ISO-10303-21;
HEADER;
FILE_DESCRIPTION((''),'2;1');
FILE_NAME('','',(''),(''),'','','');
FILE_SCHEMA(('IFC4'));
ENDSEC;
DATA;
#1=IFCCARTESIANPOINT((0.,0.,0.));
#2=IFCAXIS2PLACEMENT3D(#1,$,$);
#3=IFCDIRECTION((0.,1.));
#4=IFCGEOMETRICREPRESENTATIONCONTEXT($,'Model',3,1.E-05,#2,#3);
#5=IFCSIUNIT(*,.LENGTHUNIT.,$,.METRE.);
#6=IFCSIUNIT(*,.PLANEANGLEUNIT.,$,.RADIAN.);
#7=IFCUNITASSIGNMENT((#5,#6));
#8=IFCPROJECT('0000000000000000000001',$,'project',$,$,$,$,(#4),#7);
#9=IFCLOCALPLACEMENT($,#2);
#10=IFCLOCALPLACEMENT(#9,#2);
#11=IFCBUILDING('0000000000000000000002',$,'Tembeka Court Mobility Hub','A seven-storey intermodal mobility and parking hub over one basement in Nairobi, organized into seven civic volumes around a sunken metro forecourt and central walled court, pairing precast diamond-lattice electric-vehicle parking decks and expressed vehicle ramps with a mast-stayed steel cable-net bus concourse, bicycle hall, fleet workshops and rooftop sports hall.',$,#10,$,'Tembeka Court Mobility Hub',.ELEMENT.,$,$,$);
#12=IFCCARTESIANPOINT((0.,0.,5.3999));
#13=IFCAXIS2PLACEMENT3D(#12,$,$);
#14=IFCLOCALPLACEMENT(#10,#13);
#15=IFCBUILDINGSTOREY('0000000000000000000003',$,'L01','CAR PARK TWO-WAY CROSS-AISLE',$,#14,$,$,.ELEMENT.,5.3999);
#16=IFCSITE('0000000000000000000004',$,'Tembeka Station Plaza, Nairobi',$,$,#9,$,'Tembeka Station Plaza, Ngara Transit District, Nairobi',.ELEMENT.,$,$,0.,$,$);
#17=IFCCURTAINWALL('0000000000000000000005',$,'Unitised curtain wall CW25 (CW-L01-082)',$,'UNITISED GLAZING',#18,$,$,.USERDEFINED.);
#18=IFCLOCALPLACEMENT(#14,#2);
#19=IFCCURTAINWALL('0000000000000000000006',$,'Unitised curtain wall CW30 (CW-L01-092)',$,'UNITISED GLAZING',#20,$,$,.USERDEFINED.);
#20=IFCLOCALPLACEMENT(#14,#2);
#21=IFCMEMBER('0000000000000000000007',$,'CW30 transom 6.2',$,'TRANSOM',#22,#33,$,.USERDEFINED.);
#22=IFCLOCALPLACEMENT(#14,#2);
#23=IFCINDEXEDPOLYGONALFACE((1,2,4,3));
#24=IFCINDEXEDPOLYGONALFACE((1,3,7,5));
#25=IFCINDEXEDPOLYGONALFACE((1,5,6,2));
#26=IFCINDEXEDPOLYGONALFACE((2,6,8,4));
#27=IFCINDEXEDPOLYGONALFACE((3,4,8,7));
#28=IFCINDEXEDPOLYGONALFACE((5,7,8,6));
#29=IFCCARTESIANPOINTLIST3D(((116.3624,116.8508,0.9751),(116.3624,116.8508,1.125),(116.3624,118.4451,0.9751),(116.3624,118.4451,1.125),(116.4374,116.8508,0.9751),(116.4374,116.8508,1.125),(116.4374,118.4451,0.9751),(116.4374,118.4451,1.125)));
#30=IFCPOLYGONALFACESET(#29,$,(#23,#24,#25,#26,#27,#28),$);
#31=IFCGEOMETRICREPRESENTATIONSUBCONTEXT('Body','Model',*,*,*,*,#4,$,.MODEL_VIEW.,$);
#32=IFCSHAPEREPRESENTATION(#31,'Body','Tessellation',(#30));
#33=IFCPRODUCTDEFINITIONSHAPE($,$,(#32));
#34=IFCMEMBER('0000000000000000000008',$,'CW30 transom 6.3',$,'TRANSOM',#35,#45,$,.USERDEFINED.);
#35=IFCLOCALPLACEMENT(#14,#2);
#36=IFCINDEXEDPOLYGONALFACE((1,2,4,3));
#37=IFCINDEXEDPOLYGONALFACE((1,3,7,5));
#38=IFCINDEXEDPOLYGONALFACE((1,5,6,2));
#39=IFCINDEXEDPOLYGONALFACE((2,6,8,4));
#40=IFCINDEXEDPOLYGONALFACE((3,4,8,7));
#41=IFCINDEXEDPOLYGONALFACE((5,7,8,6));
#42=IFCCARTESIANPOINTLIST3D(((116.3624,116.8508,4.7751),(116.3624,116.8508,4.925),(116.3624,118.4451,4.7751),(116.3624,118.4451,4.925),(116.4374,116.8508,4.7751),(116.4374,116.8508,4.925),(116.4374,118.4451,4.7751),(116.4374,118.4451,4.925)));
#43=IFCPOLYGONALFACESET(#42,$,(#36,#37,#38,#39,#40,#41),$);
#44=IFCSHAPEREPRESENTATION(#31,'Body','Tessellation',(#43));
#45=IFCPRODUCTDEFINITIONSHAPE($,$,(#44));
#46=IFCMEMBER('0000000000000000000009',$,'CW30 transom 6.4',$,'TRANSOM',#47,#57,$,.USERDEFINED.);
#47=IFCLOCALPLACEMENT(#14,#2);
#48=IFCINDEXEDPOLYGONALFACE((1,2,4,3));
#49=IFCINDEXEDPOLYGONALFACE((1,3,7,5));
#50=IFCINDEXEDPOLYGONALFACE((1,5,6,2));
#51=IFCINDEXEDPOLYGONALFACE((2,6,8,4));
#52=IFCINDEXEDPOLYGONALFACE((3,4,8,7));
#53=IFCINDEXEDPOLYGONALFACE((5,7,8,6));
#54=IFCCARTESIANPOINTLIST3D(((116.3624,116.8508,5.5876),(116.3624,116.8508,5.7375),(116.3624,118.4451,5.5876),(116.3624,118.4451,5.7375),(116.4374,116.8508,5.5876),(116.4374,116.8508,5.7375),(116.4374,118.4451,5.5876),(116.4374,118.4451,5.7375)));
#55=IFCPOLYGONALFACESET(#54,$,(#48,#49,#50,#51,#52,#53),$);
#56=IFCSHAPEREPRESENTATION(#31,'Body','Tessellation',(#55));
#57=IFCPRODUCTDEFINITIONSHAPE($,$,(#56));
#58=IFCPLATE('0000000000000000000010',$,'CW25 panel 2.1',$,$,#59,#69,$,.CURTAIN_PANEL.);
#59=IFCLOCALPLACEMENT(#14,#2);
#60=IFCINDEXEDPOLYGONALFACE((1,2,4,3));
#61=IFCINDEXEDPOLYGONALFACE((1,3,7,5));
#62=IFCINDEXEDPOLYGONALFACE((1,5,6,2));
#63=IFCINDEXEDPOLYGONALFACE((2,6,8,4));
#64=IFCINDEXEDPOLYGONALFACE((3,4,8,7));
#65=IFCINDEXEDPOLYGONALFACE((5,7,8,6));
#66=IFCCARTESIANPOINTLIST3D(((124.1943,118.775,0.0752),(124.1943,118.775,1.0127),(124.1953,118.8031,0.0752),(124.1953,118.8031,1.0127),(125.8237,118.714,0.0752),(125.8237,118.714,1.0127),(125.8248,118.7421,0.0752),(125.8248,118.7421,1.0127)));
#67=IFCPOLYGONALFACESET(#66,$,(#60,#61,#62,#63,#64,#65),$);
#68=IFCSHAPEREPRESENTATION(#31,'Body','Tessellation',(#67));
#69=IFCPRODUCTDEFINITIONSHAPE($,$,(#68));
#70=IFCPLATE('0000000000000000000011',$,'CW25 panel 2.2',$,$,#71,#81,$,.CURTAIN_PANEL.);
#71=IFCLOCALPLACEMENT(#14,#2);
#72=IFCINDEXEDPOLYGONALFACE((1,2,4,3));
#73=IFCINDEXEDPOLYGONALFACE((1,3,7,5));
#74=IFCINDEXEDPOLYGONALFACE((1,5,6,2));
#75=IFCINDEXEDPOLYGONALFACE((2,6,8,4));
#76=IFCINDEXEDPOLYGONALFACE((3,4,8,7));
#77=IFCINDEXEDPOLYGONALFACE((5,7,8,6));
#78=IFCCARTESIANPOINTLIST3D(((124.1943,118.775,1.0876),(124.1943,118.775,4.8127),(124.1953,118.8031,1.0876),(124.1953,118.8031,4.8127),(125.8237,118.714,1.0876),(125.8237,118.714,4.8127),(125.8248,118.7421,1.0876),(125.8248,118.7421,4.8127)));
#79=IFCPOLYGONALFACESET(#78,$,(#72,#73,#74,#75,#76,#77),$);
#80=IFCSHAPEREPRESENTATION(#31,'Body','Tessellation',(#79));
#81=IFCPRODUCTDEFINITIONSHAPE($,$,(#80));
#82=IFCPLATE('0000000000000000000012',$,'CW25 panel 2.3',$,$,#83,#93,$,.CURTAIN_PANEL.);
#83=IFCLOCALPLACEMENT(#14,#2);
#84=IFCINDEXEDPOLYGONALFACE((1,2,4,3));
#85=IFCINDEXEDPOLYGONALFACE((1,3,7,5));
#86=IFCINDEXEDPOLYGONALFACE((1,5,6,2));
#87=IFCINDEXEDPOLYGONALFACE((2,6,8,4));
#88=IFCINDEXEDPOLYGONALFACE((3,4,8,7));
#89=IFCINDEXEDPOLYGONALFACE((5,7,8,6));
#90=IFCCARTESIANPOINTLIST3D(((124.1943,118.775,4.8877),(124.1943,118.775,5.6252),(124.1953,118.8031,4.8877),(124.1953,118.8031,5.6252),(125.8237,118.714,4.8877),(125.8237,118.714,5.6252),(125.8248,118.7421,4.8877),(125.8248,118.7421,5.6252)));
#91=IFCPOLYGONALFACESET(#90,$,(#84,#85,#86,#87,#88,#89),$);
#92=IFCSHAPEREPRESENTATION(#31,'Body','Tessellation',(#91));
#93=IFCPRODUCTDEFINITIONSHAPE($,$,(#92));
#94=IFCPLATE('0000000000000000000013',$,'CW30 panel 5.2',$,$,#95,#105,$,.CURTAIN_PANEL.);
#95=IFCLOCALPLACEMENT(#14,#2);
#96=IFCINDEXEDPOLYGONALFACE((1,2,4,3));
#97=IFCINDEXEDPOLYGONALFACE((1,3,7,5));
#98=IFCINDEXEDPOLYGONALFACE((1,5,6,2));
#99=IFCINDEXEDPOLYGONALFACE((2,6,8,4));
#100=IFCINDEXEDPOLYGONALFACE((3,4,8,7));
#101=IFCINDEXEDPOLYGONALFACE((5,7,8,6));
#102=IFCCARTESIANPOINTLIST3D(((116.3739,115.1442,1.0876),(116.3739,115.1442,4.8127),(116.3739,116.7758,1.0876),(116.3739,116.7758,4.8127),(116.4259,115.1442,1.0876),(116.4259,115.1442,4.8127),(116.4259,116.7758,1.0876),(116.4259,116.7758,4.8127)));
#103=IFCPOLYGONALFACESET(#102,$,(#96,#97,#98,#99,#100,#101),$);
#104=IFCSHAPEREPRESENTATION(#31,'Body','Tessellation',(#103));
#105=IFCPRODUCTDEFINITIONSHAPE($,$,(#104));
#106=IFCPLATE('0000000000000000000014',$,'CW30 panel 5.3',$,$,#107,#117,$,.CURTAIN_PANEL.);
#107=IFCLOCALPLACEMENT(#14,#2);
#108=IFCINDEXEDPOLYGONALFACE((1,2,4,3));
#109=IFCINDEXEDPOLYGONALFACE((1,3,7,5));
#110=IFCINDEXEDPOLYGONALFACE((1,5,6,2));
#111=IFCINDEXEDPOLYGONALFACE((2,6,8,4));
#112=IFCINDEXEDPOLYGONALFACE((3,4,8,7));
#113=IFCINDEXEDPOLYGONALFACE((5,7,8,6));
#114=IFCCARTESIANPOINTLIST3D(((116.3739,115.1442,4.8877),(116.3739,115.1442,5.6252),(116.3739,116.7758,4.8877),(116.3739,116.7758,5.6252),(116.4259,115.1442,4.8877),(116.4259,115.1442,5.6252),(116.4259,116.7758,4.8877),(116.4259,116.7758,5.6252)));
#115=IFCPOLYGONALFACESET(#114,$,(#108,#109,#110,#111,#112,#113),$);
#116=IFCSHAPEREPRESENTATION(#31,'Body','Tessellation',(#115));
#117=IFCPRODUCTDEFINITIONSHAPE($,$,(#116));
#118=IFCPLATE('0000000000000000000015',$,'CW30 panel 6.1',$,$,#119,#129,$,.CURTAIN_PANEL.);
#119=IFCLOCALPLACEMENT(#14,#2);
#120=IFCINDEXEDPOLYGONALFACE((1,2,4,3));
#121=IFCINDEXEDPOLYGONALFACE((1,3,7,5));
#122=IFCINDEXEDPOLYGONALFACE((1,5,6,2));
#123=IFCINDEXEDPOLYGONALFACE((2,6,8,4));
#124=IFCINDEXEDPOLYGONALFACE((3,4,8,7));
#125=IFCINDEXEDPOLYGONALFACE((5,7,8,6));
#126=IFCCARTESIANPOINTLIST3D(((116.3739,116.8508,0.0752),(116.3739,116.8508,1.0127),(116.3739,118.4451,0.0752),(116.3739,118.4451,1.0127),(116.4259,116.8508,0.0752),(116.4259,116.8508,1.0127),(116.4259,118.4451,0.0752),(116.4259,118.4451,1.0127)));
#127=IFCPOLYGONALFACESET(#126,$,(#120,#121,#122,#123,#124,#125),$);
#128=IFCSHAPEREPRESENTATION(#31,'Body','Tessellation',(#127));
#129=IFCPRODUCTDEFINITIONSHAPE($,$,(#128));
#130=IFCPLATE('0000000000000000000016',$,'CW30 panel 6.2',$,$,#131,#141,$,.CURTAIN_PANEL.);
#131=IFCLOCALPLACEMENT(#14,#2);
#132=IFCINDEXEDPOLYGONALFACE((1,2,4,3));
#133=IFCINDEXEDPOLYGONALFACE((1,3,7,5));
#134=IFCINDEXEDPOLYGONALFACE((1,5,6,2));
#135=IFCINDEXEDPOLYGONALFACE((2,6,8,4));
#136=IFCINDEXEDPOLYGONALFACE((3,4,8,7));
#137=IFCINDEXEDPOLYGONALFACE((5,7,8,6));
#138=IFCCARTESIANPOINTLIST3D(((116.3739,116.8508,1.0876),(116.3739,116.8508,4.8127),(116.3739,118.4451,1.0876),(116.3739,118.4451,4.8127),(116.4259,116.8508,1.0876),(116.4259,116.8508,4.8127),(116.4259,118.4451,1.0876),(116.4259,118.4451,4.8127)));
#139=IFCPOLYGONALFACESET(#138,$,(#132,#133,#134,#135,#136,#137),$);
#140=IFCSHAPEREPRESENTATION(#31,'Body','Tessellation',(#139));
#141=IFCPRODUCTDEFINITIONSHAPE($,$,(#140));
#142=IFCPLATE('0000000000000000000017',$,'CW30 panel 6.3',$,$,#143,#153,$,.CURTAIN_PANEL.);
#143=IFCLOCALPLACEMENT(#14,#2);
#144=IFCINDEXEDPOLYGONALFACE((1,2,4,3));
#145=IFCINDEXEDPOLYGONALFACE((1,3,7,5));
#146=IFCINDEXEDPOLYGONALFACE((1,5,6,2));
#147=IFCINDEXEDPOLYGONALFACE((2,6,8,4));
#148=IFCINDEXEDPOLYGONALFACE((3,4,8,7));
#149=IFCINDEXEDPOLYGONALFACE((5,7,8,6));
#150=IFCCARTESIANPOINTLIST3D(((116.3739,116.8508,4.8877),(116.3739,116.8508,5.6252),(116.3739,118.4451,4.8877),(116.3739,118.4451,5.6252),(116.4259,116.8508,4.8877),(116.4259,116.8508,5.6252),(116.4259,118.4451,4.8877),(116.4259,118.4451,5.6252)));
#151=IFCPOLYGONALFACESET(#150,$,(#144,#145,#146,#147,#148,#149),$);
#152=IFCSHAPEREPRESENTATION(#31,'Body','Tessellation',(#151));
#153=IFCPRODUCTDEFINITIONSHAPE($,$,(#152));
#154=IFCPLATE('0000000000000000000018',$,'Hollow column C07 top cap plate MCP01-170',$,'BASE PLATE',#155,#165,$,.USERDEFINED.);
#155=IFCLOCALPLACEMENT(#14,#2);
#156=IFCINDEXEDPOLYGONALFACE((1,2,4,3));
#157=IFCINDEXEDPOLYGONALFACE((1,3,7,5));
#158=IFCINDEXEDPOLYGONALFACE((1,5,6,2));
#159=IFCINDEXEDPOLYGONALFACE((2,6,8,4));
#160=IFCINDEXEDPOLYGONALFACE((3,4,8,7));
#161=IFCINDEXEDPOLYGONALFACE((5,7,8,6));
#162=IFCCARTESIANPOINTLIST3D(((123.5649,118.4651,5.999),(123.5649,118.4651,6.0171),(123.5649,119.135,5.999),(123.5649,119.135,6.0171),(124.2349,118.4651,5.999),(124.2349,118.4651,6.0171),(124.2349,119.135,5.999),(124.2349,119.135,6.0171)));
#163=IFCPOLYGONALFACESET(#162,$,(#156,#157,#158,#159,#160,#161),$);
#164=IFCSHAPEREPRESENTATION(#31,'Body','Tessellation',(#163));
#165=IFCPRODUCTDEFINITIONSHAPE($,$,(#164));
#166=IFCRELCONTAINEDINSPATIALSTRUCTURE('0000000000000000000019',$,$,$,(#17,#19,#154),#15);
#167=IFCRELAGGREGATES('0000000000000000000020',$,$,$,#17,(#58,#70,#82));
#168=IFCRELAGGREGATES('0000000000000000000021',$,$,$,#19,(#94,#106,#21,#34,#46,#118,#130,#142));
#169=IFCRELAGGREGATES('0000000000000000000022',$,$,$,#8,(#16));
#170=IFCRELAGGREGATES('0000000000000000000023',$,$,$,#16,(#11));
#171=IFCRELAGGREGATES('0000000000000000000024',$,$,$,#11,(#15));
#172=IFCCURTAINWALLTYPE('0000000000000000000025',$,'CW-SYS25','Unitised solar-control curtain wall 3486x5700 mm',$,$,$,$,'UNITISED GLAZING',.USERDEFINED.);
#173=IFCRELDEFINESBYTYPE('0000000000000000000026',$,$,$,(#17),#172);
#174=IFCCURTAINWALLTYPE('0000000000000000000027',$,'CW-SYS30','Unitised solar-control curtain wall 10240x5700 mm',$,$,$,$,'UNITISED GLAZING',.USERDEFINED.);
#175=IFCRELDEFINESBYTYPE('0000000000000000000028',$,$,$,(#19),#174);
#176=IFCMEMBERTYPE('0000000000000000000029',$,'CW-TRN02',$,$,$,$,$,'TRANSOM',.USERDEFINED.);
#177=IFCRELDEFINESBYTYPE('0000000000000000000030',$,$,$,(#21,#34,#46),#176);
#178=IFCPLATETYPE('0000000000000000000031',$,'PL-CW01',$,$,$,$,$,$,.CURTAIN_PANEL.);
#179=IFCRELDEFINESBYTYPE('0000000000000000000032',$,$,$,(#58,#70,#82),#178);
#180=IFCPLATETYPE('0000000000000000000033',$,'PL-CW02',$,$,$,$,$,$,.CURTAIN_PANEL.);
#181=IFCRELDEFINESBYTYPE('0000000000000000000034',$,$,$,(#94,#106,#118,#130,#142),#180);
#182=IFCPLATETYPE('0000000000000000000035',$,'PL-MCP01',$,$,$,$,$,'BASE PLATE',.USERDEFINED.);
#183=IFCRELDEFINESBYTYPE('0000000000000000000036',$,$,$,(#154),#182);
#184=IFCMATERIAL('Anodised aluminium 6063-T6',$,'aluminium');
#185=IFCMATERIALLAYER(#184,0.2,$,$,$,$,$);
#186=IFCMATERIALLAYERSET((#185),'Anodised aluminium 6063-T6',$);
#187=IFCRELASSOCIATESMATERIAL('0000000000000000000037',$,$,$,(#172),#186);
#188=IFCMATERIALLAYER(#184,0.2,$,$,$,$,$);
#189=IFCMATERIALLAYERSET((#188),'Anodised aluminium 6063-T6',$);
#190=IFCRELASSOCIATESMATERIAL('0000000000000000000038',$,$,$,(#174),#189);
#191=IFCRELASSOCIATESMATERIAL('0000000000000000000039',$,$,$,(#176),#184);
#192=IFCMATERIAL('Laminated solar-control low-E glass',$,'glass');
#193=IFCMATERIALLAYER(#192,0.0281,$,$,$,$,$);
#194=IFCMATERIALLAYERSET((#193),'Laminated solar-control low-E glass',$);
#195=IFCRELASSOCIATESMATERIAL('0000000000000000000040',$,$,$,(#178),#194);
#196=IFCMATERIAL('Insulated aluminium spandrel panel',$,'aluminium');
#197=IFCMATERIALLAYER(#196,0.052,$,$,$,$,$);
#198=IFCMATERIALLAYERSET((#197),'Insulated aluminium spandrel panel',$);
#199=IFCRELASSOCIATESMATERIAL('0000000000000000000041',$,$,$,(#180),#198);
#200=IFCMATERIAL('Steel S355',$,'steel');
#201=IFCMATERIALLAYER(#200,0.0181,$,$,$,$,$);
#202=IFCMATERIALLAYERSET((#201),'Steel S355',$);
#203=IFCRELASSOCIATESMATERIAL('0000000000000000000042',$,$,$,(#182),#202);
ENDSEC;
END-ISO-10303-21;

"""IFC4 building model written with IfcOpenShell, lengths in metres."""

from ifc_helpers import new_model, si_unit, direction, frame, origin, origin_2d, place, context, subcontext, project, spatial, rectangle, extrude, material, layer, layer_set, material_profile, profile_set, type_object, element, aggregate, save


model = new_model("IFC4")

# Units and contexts
model_context = context("Model", 3, precision=1e-05, world=origin(), true_north=direction((0.0, 1.0)))
body_context = subcontext(model_context, "Body", "Model", "MODEL_VIEW")
ifc_project = project(units=[si_unit("LENGTHUNIT", "METRE"), si_unit("PLANEANGLEUNIT", "RADIAN")], contexts=[model_context])

# Site, building, storey
site_placement = place(None, origin())
site = spatial("IfcSite", under=ifc_project, at=site_placement, Name="Tembeka Station Plaza, Nairobi", LongName="Tembeka Station Plaza, Ngara Transit District, Nairobi", CompositionType="ELEMENT", RefElevation=0.0)
building_placement = place(site_placement, origin())
building = spatial("IfcBuilding", under=site, at=building_placement, Name="Tembeka Court Mobility Hub", Description="A seven-storey intermodal mobility and parking hub over one basement in Nairobi, organized into seven civic volumes around a sunken metro forecourt and central walled court, pairing precast diamond-lattice electric-vehicle parking decks and expressed vehicle ramps with a mast-stayed steel cable-net bus concourse, bicycle hall, fleet workshops and rooftop sports hall.", LongName="Tembeka Court Mobility Hub", CompositionType="ELEMENT")
storey_placement = place(building_placement, frame((0.0, 0.0, 5.3999)))
storey = spatial("IfcBuildingStorey", under=building, at=storey_placement, Name="L01", Description="CAR PARK TWO-WAY CROSS-AISLE", CompositionType="ELEMENT", Elevation=5.3999)

# Shared definitions
ifc_material_1 = material(Name="Steel S355", Category="steel")

# Curtain walls
ifc_material_2 = material(Name="Anodised aluminium 6063-T6", Category="aluminium")
ifc_layer_1 = layer(ifc_material_2, 0.2)
ifc_layer_set_1 = layer_set([ifc_layer_1], Name="Anodised aluminium 6063-T6")
curtain_wall_type_1 = type_object("IfcCurtainWallType", Name="CW-SYS25", Description="Unitised solar-control curtain wall 3486x5700 mm", ElementType="UNITISED GLAZING", PredefinedType="USERDEFINED", material=ifc_layer_set_1)
curtain_wall_1_placement = place(storey_placement, origin())
curtain_wall_1 = element("IfcCurtainWall", 1, at=curtain_wall_1_placement, inside=storey, type_object=curtain_wall_type_1, Name="Unitised curtain wall CW25 (CW-L01-082)", ObjectType="UNITISED GLAZING", PredefinedType="USERDEFINED")
ifc_layer_2 = layer(ifc_material_2, 0.2)
ifc_layer_set_2 = layer_set([ifc_layer_2], Name="Anodised aluminium 6063-T6")
curtain_wall_type_2 = type_object("IfcCurtainWallType", Name="CW-SYS30", Description="Unitised solar-control curtain wall 10240x5700 mm", ElementType="UNITISED GLAZING", PredefinedType="USERDEFINED", material=ifc_layer_set_2)
curtain_wall_2_placement = place(storey_placement, origin())
curtain_wall_2 = element("IfcCurtainWall", 2, at=curtain_wall_2_placement, inside=storey, type_object=curtain_wall_type_2, Name="Unitised curtain wall CW30 (CW-L01-092)", ObjectType="UNITISED GLAZING", PredefinedType="USERDEFINED")

# Members
ifc_material_profile_1 = material_profile(ifc_material_2, rectangle(XDim=0.075, YDim=0.1499, at=origin_2d()), Name="ALU-TRN 75x150")
ifc_profile_set_1 = profile_set([ifc_material_profile_1], Name="Anodised aluminium 6063-T6")
member_type_1 = type_object("IfcMemberType", Name="CW-TRN02", ElementType="TRANSOM", PredefinedType="USERDEFINED", material=ifc_profile_set_1)
member_1_placement = place(storey_placement, frame((116.3999, 116.8508, 1.05), z_axis=(0.0, 1.0, 0.0), x_axis=(-1.0, 0.0, 0.0)))
member_1 = element("IfcMember", 3, at=member_1_placement, type_object=member_type_1, Name="CW30 transom 6.2", ObjectType="TRANSOM", PredefinedType="USERDEFINED", context=body_context, shape_type="SweptSolid", body=[
    extrude(rectangle(XDim=0.075, YDim=0.1499, at=origin_2d()), origin(), (0.0, 0.0, 1.0), 1.5942),
])
member_2_placement = place(storey_placement, frame((116.3999, 116.8508, 4.8501), z_axis=(0.0, 1.0, 0.0), x_axis=(-1.0, 0.0, 0.0)))
member_2 = element("IfcMember", 4, at=member_2_placement, type_object=member_type_1, Name="CW30 transom 6.3", ObjectType="TRANSOM", PredefinedType="USERDEFINED", context=body_context, shape_type="SweptSolid", body=[
    extrude(rectangle(XDim=0.075, YDim=0.1499, at=origin_2d()), origin(), (0.0, 0.0, 1.0), 1.5942),
])
member_3_placement = place(storey_placement, frame((116.3999, 116.8508, 5.6626), z_axis=(0.0, 1.0, 0.0), x_axis=(-1.0, 0.0, 0.0)))
member_3 = element("IfcMember", 5, at=member_3_placement, type_object=member_type_1, Name="CW30 transom 6.4", ObjectType="TRANSOM", PredefinedType="USERDEFINED", context=body_context, shape_type="SweptSolid", body=[
    extrude(rectangle(XDim=0.075, YDim=0.1499, at=origin_2d()), origin(), (0.0, 0.0, 1.0), 1.5942),
])

# Plates
ifc_material_3 = material(Name="Laminated solar-control low-E glass", Category="glass")
ifc_layer_3 = layer(ifc_material_3, 0.0281)
ifc_layer_set_3 = layer_set([ifc_layer_3], Name="Laminated solar-control low-E glass")
plate_type_1 = type_object("IfcPlateType", Name="PL-CW01", PredefinedType="CURTAIN_PANEL", material=ifc_layer_set_3)
plate_1_placement = place(storey_placement, frame((125.0095, 118.7585, 0.0752), z_axis=(0.0, 0.0, 1.0), x_axis=(-0.9993, 0.037405, 0.0)))
plate_1 = element("IfcPlate", 6, at=plate_1_placement, type_object=plate_type_1, Name="CW25 panel 2.1", PredefinedType="CURTAIN_PANEL", context=body_context, shape_type="SweptSolid", body=[
    extrude(rectangle(XDim=1.6306, YDim=0.0281, at=origin_2d()), origin(), (0.0, 0.0, 1.0), 0.9375),
])
plate_2_placement = place(storey_placement, frame((125.0095, 118.7585, 1.0876), z_axis=(0.0, 0.0, 1.0), x_axis=(-0.9993, 0.037405, 0.0)))
plate_2 = element("IfcPlate", 7, at=plate_2_placement, type_object=plate_type_1, Name="CW25 panel 2.2", PredefinedType="CURTAIN_PANEL", context=body_context, shape_type="SweptSolid", body=[
    extrude(rectangle(XDim=1.6306, YDim=0.0281, at=origin_2d()), origin(), (0.0, 0.0, 1.0), 3.7251),
])
plate_3_placement = place(storey_placement, frame((125.0095, 118.7585, 4.8877), z_axis=(0.0, 0.0, 1.0), x_axis=(-0.9993, 0.037405, 0.0)))
plate_3 = element("IfcPlate", 8, at=plate_3_placement, type_object=plate_type_1, Name="CW25 panel 2.3", PredefinedType="CURTAIN_PANEL", context=body_context, shape_type="SweptSolid", body=[
    extrude(rectangle(XDim=1.6306, YDim=0.0281, at=origin_2d()), origin(), (0.0, 0.0, 1.0), 0.7375),
])
aggregate(curtain_wall_1, [plate_1, plate_2, plate_3])
ifc_material_4 = material(Name="Insulated aluminium spandrel panel", Category="aluminium")
ifc_layer_4 = layer(ifc_material_4, 0.052)
ifc_layer_set_4 = layer_set([ifc_layer_4], Name="Insulated aluminium spandrel panel")
plate_type_2 = type_object("IfcPlateType", Name="PL-CW02", PredefinedType="CURTAIN_PANEL", material=ifc_layer_set_4)
plate_4_placement = place(storey_placement, frame((116.3999, 115.96, 1.0876), z_axis=(0.0, 0.0, 1.0), x_axis=(0.0, 1.0, 0.0)))
plate_4 = element("IfcPlate", 9, at=plate_4_placement, type_object=plate_type_2, Name="CW30 panel 5.2", PredefinedType="CURTAIN_PANEL", context=body_context, shape_type="SweptSolid", body=[
    extrude(rectangle(XDim=1.6316, YDim=0.052, at=origin_2d()), origin(), (0.0, 0.0, 1.0), 3.7251),
])
plate_5_placement = place(storey_placement, frame((116.3999, 115.96, 4.8877), z_axis=(0.0, 0.0, 1.0), x_axis=(0.0, 1.0, 0.0)))
plate_5 = element("IfcPlate", 10, at=plate_5_placement, type_object=plate_type_2, Name="CW30 panel 5.3", PredefinedType="CURTAIN_PANEL", context=body_context, shape_type="SweptSolid", body=[
    extrude(rectangle(XDim=1.6316, YDim=0.052, at=origin_2d()), origin(), (0.0, 0.0, 1.0), 0.7375),
])
plate_6_placement = place(storey_placement, frame((116.3999, 117.6479, 0.0752), z_axis=(0.0, 0.0, 1.0), x_axis=(0.0, 1.0, 0.0)))
plate_6 = element("IfcPlate", 11, at=plate_6_placement, type_object=plate_type_2, Name="CW30 panel 6.1", PredefinedType="CURTAIN_PANEL", context=body_context, shape_type="SweptSolid", body=[
    extrude(rectangle(XDim=1.5942, YDim=0.052, at=origin_2d()), origin(), (0.0, 0.0, 1.0), 0.9375),
])
plate_7_placement = place(storey_placement, frame((116.3999, 117.6479, 1.0876), z_axis=(0.0, 0.0, 1.0), x_axis=(0.0, 1.0, 0.0)))
plate_7 = element("IfcPlate", 12, at=plate_7_placement, type_object=plate_type_2, Name="CW30 panel 6.2", PredefinedType="CURTAIN_PANEL", context=body_context, shape_type="SweptSolid", body=[
    extrude(rectangle(XDim=1.5942, YDim=0.052, at=origin_2d()), origin(), (0.0, 0.0, 1.0), 3.7251),
])
plate_8_placement = place(storey_placement, frame((116.3999, 117.6479, 4.8877), z_axis=(0.0, 0.0, 1.0), x_axis=(0.0, 1.0, 0.0)))
plate_8 = element("IfcPlate", 13, at=plate_8_placement, type_object=plate_type_2, Name="CW30 panel 6.3", PredefinedType="CURTAIN_PANEL", context=body_context, shape_type="SweptSolid", body=[
    extrude(rectangle(XDim=1.5942, YDim=0.052, at=origin_2d()), origin(), (0.0, 0.0, 1.0), 0.7375),
])
aggregate(curtain_wall_2, [plate_4, plate_5, member_1, member_2, member_3, plate_6, plate_7, plate_8])
ifc_layer_5 = layer(ifc_material_1, 0.0181)
ifc_layer_set_5 = layer_set([ifc_layer_5], Name="Steel S355")
plate_type_3 = type_object("IfcPlateType", Name="PL-MCP01", ElementType="BASE PLATE", PredefinedType="USERDEFINED", material=ifc_layer_set_5)
plate_9_placement = place(storey_placement, frame((123.8999, 118.8, 5.999), z_axis=(0.0, 0.0, 1.0), x_axis=(1.0, 0.0, 0.0)))
element("IfcPlate", 14, at=plate_9_placement, inside=storey, type_object=plate_type_3, Name="Hollow column C07 top cap plate MCP01-170", ObjectType="BASE PLATE", PredefinedType="USERDEFINED", context=body_context, shape_type="SweptSolid", body=[
    extrude(rectangle(XDim=0.6699, YDim=0.6699, at=origin_2d()), origin(), (0.0, 0.0, 1.0), 0.0181),
])

save(model, "model.ifc")
